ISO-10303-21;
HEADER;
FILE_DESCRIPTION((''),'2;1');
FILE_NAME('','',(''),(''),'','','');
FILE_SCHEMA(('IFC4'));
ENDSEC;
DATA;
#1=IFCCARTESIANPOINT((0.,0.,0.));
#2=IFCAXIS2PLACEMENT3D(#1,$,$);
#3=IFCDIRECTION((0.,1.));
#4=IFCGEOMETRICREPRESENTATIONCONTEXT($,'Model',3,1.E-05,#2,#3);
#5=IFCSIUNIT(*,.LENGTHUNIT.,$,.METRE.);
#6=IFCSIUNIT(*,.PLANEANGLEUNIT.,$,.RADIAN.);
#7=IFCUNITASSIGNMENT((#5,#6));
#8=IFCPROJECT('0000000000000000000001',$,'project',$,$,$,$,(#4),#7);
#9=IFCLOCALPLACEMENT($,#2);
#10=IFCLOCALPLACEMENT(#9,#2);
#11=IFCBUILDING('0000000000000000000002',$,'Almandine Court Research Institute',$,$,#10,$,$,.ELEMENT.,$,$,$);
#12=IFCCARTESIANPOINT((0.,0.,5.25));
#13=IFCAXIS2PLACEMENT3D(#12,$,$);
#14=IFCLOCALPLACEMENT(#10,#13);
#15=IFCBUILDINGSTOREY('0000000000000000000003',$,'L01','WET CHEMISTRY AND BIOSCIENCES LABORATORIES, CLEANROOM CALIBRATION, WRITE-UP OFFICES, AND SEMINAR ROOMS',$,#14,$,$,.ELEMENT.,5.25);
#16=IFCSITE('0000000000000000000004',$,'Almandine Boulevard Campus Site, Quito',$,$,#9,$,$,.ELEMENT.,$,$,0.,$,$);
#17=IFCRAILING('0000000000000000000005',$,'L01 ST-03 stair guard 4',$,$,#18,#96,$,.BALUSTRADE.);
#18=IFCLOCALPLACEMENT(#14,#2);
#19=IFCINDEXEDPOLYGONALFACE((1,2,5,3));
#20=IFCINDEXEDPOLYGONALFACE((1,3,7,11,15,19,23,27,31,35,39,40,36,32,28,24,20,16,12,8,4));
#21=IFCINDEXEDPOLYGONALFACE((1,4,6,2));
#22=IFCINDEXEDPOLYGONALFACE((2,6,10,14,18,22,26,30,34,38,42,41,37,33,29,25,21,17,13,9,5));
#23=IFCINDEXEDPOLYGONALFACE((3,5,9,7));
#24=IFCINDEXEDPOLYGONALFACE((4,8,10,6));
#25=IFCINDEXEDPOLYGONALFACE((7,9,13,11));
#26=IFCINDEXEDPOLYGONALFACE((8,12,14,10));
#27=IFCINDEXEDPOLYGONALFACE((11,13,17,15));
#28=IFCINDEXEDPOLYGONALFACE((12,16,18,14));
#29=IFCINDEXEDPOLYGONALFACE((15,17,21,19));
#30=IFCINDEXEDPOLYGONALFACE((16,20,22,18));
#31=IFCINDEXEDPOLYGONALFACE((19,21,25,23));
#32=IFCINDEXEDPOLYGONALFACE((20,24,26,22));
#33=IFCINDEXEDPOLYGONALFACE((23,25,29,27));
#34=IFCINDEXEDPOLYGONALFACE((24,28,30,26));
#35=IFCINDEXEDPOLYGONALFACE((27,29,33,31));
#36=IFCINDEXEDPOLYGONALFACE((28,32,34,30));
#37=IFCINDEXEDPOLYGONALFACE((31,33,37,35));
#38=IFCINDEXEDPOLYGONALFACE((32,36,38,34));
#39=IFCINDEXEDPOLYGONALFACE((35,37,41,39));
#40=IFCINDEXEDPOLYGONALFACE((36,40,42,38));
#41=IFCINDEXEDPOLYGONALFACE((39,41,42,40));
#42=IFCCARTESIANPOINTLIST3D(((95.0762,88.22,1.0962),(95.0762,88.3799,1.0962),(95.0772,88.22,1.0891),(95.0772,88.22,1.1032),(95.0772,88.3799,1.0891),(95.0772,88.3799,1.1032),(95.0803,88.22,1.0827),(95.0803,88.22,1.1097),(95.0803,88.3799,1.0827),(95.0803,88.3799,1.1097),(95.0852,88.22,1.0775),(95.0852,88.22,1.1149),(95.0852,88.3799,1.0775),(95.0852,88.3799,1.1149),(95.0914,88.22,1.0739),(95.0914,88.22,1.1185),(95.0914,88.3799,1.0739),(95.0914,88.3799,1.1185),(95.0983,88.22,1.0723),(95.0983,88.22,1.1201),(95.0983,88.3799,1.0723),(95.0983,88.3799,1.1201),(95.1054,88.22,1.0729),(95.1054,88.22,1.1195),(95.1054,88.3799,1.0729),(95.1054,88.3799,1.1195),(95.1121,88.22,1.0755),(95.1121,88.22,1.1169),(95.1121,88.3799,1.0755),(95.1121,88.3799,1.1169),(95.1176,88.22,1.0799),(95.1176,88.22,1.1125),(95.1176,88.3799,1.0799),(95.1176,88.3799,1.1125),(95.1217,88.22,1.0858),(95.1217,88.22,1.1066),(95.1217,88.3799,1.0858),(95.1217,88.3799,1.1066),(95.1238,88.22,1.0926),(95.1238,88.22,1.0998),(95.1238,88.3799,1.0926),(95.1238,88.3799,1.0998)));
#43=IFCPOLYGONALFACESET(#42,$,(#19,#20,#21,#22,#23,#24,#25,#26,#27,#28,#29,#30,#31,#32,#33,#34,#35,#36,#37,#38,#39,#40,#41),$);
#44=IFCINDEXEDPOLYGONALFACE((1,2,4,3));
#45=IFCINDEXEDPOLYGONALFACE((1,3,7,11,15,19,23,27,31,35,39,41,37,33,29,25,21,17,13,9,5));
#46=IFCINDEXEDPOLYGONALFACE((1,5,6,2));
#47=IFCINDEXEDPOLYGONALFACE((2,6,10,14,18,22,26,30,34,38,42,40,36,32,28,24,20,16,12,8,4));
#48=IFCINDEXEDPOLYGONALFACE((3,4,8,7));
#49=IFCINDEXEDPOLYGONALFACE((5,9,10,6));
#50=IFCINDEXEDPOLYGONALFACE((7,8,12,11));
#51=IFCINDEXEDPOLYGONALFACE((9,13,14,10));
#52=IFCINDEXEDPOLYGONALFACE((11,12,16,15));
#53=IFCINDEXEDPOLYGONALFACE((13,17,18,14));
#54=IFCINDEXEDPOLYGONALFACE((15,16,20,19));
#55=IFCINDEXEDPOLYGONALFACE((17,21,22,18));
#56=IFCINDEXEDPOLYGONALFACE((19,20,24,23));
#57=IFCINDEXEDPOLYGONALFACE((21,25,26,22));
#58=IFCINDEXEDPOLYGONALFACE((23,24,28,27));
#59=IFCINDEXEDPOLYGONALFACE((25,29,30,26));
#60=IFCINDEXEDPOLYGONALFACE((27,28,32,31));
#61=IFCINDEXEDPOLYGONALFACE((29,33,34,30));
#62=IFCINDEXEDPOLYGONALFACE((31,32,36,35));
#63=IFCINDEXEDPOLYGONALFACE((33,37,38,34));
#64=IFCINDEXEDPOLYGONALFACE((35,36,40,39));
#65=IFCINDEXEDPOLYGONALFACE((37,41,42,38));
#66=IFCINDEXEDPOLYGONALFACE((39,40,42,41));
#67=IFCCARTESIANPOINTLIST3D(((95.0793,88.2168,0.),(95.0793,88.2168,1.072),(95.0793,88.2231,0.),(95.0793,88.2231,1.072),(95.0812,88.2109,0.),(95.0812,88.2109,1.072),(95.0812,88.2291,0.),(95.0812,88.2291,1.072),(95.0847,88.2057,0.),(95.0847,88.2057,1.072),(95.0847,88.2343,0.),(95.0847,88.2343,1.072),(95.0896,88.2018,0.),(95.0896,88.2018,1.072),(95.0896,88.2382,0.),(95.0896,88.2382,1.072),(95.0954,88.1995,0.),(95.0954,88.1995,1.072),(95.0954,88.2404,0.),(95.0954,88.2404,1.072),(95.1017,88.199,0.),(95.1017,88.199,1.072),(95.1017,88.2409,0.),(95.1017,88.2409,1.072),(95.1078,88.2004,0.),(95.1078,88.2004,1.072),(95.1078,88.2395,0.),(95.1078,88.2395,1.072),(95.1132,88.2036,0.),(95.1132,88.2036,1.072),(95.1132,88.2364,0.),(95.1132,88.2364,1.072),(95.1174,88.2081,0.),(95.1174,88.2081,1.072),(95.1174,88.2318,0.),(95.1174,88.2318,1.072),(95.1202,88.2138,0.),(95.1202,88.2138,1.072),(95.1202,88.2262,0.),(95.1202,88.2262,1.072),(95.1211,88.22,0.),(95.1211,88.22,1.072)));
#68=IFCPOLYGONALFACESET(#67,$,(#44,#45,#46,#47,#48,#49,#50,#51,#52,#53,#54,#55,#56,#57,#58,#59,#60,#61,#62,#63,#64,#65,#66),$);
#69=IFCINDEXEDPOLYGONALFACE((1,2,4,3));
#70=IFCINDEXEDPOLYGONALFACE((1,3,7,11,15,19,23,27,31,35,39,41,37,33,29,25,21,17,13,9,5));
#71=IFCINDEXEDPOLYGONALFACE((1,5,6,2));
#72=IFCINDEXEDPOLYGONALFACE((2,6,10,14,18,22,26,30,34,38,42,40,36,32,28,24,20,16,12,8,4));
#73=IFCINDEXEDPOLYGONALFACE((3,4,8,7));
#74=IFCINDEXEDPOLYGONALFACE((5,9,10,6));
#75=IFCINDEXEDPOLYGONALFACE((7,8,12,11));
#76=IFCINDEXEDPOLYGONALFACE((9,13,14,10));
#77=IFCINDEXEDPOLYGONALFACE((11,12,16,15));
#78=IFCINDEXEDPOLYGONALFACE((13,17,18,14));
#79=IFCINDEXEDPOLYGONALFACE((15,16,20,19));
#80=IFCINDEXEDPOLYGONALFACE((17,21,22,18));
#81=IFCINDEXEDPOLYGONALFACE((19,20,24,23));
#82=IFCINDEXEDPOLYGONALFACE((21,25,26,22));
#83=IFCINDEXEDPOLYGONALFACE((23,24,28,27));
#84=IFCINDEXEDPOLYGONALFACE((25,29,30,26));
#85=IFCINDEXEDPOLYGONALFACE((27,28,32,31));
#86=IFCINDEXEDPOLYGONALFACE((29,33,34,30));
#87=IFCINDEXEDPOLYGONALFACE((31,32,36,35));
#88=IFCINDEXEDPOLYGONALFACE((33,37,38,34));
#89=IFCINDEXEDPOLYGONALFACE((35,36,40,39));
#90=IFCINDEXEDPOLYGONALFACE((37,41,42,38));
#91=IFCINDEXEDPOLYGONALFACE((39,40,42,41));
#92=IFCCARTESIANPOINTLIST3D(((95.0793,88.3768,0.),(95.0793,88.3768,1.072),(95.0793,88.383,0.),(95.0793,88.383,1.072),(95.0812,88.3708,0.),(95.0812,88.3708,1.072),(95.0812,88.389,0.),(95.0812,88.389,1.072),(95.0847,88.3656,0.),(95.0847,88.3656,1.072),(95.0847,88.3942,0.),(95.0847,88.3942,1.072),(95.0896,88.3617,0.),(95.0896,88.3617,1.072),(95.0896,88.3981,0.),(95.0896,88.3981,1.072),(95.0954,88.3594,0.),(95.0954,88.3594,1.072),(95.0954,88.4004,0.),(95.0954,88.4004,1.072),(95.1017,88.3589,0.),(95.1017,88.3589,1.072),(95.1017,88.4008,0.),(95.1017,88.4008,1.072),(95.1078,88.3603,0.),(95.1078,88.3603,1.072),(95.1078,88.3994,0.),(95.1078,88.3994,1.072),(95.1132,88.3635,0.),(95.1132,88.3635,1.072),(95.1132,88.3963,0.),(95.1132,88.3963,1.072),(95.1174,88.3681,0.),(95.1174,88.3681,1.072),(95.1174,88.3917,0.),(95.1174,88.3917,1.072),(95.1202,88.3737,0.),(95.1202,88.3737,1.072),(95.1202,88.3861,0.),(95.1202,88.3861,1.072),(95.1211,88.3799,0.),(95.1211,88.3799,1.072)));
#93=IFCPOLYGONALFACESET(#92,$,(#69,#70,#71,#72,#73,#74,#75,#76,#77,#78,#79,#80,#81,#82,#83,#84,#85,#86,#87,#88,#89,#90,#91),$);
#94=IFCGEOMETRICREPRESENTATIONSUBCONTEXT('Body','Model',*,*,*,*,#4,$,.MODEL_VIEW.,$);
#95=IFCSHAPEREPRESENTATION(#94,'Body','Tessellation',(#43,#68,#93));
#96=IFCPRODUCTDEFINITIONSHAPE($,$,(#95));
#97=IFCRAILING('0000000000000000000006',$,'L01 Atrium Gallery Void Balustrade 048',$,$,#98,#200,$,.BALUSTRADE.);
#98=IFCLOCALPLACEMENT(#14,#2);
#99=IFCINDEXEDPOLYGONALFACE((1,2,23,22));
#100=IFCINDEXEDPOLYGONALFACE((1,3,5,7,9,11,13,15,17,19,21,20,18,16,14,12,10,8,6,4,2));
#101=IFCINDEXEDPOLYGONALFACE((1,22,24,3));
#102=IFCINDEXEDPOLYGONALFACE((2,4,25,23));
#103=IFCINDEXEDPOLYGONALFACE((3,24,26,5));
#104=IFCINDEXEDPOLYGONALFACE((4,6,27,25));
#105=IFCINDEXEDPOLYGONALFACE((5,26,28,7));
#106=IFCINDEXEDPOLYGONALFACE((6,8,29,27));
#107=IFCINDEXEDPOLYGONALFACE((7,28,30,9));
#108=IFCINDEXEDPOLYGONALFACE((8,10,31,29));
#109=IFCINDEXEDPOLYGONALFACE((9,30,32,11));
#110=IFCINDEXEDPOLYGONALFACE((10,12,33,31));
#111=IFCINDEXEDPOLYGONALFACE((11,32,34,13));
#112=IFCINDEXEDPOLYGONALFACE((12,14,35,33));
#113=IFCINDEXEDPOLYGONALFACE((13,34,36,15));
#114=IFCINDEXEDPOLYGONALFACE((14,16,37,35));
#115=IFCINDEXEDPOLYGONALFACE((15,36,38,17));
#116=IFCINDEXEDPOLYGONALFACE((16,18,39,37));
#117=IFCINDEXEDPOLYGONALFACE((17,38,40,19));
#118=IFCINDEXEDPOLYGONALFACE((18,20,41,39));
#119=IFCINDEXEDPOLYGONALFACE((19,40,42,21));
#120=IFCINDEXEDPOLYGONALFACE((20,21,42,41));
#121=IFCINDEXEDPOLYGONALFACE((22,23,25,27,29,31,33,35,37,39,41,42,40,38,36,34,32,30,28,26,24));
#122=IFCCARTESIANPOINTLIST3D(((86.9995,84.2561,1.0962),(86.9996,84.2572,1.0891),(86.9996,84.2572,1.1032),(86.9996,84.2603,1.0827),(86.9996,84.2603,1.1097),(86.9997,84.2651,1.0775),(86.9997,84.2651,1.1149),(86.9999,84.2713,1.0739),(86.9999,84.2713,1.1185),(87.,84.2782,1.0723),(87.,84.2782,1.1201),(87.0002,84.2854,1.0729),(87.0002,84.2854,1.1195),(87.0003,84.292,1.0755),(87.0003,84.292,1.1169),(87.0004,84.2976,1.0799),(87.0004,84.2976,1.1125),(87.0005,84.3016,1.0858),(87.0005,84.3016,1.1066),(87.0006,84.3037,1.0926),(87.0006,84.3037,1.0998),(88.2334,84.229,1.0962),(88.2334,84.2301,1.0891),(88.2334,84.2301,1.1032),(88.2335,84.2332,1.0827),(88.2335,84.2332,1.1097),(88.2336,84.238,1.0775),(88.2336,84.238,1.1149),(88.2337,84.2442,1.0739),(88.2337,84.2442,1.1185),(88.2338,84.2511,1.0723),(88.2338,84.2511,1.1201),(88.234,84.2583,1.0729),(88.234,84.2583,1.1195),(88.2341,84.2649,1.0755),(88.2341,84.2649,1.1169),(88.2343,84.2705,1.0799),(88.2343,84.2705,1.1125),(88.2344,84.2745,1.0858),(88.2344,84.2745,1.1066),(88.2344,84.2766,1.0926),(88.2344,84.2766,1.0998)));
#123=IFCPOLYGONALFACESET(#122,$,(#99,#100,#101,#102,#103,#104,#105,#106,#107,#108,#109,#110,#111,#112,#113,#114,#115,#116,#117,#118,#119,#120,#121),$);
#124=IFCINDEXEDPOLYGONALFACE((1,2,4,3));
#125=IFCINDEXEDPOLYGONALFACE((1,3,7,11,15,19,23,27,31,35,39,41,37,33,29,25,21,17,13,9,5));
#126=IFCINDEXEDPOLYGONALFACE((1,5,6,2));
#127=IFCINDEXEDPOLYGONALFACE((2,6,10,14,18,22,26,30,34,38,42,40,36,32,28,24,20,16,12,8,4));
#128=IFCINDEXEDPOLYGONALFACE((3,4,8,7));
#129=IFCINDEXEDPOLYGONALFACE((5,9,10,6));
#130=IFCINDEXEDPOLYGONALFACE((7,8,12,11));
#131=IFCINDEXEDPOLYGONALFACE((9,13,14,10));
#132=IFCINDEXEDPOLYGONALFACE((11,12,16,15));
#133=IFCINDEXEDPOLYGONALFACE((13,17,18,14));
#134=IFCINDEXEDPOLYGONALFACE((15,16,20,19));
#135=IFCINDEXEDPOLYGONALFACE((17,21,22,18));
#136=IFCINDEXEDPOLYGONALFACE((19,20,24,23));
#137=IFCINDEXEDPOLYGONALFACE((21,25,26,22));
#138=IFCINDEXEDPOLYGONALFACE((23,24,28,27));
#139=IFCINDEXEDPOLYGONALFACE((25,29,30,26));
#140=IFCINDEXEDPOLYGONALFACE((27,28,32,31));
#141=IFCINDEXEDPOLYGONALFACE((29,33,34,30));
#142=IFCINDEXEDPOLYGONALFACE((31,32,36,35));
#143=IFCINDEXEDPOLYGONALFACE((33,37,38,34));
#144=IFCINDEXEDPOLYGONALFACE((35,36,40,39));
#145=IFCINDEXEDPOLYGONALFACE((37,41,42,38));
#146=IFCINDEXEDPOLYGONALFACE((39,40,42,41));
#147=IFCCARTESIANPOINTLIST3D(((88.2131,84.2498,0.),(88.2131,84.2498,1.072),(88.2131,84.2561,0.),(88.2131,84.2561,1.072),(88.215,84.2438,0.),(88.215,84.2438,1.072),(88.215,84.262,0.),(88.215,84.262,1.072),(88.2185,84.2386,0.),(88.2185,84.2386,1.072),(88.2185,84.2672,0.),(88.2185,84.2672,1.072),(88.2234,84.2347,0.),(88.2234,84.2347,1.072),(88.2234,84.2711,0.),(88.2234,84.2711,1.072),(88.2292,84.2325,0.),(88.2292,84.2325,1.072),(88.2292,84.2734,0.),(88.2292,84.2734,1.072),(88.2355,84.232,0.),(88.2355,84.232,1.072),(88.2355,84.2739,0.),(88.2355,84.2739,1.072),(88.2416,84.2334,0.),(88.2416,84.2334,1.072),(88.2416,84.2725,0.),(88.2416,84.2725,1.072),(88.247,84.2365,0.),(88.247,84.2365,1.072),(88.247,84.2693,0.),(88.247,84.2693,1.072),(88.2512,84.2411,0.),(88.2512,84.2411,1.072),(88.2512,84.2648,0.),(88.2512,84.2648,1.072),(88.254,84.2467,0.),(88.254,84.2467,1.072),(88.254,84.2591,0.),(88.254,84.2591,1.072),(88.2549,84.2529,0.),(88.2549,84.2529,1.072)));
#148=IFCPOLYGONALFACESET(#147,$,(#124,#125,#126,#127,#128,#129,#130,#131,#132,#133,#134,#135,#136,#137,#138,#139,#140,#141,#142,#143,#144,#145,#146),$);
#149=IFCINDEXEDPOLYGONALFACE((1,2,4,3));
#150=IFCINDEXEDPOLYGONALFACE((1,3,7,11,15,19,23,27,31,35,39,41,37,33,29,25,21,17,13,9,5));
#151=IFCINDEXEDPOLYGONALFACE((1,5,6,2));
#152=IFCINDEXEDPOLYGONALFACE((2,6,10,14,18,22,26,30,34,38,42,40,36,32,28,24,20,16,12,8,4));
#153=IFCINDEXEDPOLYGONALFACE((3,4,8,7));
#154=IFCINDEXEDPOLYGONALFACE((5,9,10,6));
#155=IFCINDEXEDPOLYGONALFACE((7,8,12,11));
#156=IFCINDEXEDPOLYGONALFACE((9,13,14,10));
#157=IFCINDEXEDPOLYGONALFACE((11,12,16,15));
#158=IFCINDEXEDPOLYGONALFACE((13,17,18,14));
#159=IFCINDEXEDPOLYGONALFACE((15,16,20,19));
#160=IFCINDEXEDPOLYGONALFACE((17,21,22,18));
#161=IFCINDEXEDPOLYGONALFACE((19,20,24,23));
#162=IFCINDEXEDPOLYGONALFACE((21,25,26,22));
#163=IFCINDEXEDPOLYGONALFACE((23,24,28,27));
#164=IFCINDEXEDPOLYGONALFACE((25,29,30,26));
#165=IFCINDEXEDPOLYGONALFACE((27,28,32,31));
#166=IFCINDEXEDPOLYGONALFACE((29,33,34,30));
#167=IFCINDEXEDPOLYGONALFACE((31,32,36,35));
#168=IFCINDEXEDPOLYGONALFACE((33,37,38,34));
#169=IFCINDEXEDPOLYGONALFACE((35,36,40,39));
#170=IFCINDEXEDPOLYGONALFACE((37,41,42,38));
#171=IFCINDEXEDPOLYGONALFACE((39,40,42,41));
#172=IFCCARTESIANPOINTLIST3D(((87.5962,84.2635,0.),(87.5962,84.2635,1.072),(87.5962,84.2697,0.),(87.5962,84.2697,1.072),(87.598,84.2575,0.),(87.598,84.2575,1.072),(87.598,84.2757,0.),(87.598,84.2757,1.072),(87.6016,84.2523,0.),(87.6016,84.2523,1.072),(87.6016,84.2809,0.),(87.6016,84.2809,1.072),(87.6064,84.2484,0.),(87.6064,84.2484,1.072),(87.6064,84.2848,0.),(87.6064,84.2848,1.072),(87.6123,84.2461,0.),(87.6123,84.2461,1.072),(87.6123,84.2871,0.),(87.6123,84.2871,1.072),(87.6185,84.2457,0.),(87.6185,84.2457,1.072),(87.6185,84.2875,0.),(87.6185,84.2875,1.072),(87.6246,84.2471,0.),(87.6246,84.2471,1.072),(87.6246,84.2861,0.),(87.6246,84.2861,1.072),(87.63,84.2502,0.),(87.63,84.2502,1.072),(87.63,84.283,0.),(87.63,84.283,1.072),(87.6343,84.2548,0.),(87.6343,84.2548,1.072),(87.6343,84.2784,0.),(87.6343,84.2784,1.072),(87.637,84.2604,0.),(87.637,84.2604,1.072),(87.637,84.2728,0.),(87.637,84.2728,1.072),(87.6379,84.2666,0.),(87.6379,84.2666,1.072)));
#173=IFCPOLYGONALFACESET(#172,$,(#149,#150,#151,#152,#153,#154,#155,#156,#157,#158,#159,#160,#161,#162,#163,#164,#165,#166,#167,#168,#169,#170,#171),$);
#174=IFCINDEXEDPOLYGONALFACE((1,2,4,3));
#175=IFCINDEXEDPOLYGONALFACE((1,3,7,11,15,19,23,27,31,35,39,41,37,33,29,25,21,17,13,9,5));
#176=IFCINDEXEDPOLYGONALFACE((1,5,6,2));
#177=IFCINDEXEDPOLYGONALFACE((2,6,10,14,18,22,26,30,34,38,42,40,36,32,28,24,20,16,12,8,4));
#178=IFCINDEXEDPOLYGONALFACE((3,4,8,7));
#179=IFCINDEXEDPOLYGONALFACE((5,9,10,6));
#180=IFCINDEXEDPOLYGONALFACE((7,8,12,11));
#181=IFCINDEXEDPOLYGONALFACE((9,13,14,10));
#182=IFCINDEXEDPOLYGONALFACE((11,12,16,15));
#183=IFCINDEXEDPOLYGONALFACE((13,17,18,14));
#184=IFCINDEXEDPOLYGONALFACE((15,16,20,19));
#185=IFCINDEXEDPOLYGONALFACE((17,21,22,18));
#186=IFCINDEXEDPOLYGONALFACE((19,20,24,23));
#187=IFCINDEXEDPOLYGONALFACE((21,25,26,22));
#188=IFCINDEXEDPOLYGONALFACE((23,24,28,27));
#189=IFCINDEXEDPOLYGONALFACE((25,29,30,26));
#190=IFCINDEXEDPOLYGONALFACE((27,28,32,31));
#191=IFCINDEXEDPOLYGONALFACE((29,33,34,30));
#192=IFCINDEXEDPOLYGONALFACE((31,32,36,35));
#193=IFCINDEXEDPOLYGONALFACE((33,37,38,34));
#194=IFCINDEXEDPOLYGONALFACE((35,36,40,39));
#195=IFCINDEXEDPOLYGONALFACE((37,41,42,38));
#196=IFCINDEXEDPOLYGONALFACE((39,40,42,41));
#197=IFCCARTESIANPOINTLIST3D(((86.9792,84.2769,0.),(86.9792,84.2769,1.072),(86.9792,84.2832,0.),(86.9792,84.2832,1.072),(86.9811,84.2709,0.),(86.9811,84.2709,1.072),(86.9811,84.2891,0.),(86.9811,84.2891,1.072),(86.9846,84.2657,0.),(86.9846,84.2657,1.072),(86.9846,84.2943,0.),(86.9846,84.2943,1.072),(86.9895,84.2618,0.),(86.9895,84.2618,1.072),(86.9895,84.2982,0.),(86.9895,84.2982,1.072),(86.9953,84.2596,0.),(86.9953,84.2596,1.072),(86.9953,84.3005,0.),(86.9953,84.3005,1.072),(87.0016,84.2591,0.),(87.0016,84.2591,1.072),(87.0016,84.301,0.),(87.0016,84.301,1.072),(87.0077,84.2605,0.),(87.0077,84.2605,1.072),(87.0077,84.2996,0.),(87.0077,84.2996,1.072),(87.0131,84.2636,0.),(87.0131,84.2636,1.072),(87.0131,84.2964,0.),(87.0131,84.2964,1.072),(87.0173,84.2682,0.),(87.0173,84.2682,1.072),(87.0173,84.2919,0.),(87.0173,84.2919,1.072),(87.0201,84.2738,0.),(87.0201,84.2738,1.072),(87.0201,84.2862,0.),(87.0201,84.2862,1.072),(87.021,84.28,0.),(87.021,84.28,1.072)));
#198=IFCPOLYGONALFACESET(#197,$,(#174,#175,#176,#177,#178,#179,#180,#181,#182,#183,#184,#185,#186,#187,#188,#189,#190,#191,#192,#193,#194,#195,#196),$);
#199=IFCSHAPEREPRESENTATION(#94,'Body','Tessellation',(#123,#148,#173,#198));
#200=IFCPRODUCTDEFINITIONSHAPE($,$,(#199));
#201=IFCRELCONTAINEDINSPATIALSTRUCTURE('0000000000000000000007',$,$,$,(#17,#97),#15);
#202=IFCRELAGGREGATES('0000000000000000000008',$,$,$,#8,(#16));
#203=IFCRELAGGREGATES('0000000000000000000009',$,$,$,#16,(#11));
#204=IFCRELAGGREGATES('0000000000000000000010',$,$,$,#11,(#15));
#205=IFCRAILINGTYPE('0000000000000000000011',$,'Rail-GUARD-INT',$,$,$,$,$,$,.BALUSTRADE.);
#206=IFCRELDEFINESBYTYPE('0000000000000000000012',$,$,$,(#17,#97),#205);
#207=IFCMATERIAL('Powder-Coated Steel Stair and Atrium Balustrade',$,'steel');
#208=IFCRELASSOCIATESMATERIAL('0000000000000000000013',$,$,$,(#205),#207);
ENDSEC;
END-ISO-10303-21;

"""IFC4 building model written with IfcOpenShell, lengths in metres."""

from ifc_helpers import new_model, si_unit, direction, frame, origin, origin_2d, place, context, subcontext, project, spatial, circle, extrude, material, type_object, element, save


model = new_model("IFC4")

# Units and contexts
model_context = context("Model", 3, precision=1e-05, world=origin(), true_north=direction((0.0, 1.0)))
body_context = subcontext(model_context, "Body", "Model", "MODEL_VIEW")
ifc_project = project(units=[si_unit("LENGTHUNIT", "METRE"), si_unit("PLANEANGLEUNIT", "RADIAN")], contexts=[model_context])

# Site, building, storey
site_placement = place(None, origin())
site = spatial("IfcSite", under=ifc_project, at=site_placement, Name="Almandine Boulevard Campus Site, Quito", CompositionType="ELEMENT", RefElevation=0.0)
building_placement = place(site_placement, origin())
building = spatial("IfcBuilding", under=site, at=building_placement, Name="Almandine Court Research Institute", CompositionType="ELEMENT")
storey_placement = place(building_placement, frame((0.0, 0.0, 5.25)))
storey = spatial("IfcBuildingStorey", under=building, at=storey_placement, Name="L01", Description="WET CHEMISTRY AND BIOSCIENCES LABORATORIES, CLEANROOM CALIBRATION, WRITE-UP OFFICES, AND SEMINAR ROOMS", CompositionType="ELEMENT", Elevation=5.25)

# Railings
ifc_material_1 = material(Name="Powder-Coated Steel Stair and Atrium Balustrade", Category="steel")
railing_type_1 = type_object("IfcRailingType", Name="Rail-GUARD-INT", PredefinedType="BALUSTRADE", material=ifc_material_1)
railing_1_placement = place(storey_placement, frame((95.1001, 88.22, 0.0)))
element("IfcRailing", 1, at=railing_1_placement, inside=storey, type_object=railing_type_1, Name="L01 ST-03 stair guard 4", PredefinedType="BALUSTRADE", context=body_context, shape_type="SweptSolid", body=[
    extrude(circle(Radius=0.0239, at=origin_2d()), frame((0.0, 0.0, 1.0962), z_axis=(0.0, 1.0, 0.0), x_axis=(-1.0, 0.0, 0.0)), (0.0, 0.0, 1.0), 0.1599),
    extrude(circle(Radius=0.021, at=origin_2d()), origin(), (0.0, 0.0, 1.0), 1.072),
    extrude(circle(Radius=0.021, at=origin_2d()), frame((0.0, 0.1599, 0.0)), (0.0, 0.0, 1.0), 1.072),
])
railing_2_placement = place(storey_placement, frame((88.2339, 84.2529, 0.0)))
element("IfcRailing", 2, at=railing_2_placement, inside=storey, type_object=railing_type_1, Name="L01 Atrium Gallery Void Balustrade 048", PredefinedType="BALUSTRADE", context=body_context, shape_type="SweptSolid", body=[
    extrude(circle(Radius=0.0239, at=origin_2d()), frame((0.0, 0.0, 1.0962), z_axis=(-0.999759, 0.021958, 0.0), x_axis=(-0.021958, -0.999759, 0.0)), (0.0, 0.0, 1.0), 1.2341),
    extrude(circle(Radius=0.021, at=origin_2d()), origin(), (0.0, 0.0, 1.0), 1.072),
    extrude(circle(Radius=0.021, at=origin_2d()), frame((-0.6169, 0.0137, 0.0)), (0.0, 0.0, 1.0), 1.072),
    extrude(circle(Radius=0.021, at=origin_2d()), frame((-1.2339, 0.0271, 0.0)), (0.0, 0.0, 1.0), 1.072),
])

save(model, "model.ifc")
